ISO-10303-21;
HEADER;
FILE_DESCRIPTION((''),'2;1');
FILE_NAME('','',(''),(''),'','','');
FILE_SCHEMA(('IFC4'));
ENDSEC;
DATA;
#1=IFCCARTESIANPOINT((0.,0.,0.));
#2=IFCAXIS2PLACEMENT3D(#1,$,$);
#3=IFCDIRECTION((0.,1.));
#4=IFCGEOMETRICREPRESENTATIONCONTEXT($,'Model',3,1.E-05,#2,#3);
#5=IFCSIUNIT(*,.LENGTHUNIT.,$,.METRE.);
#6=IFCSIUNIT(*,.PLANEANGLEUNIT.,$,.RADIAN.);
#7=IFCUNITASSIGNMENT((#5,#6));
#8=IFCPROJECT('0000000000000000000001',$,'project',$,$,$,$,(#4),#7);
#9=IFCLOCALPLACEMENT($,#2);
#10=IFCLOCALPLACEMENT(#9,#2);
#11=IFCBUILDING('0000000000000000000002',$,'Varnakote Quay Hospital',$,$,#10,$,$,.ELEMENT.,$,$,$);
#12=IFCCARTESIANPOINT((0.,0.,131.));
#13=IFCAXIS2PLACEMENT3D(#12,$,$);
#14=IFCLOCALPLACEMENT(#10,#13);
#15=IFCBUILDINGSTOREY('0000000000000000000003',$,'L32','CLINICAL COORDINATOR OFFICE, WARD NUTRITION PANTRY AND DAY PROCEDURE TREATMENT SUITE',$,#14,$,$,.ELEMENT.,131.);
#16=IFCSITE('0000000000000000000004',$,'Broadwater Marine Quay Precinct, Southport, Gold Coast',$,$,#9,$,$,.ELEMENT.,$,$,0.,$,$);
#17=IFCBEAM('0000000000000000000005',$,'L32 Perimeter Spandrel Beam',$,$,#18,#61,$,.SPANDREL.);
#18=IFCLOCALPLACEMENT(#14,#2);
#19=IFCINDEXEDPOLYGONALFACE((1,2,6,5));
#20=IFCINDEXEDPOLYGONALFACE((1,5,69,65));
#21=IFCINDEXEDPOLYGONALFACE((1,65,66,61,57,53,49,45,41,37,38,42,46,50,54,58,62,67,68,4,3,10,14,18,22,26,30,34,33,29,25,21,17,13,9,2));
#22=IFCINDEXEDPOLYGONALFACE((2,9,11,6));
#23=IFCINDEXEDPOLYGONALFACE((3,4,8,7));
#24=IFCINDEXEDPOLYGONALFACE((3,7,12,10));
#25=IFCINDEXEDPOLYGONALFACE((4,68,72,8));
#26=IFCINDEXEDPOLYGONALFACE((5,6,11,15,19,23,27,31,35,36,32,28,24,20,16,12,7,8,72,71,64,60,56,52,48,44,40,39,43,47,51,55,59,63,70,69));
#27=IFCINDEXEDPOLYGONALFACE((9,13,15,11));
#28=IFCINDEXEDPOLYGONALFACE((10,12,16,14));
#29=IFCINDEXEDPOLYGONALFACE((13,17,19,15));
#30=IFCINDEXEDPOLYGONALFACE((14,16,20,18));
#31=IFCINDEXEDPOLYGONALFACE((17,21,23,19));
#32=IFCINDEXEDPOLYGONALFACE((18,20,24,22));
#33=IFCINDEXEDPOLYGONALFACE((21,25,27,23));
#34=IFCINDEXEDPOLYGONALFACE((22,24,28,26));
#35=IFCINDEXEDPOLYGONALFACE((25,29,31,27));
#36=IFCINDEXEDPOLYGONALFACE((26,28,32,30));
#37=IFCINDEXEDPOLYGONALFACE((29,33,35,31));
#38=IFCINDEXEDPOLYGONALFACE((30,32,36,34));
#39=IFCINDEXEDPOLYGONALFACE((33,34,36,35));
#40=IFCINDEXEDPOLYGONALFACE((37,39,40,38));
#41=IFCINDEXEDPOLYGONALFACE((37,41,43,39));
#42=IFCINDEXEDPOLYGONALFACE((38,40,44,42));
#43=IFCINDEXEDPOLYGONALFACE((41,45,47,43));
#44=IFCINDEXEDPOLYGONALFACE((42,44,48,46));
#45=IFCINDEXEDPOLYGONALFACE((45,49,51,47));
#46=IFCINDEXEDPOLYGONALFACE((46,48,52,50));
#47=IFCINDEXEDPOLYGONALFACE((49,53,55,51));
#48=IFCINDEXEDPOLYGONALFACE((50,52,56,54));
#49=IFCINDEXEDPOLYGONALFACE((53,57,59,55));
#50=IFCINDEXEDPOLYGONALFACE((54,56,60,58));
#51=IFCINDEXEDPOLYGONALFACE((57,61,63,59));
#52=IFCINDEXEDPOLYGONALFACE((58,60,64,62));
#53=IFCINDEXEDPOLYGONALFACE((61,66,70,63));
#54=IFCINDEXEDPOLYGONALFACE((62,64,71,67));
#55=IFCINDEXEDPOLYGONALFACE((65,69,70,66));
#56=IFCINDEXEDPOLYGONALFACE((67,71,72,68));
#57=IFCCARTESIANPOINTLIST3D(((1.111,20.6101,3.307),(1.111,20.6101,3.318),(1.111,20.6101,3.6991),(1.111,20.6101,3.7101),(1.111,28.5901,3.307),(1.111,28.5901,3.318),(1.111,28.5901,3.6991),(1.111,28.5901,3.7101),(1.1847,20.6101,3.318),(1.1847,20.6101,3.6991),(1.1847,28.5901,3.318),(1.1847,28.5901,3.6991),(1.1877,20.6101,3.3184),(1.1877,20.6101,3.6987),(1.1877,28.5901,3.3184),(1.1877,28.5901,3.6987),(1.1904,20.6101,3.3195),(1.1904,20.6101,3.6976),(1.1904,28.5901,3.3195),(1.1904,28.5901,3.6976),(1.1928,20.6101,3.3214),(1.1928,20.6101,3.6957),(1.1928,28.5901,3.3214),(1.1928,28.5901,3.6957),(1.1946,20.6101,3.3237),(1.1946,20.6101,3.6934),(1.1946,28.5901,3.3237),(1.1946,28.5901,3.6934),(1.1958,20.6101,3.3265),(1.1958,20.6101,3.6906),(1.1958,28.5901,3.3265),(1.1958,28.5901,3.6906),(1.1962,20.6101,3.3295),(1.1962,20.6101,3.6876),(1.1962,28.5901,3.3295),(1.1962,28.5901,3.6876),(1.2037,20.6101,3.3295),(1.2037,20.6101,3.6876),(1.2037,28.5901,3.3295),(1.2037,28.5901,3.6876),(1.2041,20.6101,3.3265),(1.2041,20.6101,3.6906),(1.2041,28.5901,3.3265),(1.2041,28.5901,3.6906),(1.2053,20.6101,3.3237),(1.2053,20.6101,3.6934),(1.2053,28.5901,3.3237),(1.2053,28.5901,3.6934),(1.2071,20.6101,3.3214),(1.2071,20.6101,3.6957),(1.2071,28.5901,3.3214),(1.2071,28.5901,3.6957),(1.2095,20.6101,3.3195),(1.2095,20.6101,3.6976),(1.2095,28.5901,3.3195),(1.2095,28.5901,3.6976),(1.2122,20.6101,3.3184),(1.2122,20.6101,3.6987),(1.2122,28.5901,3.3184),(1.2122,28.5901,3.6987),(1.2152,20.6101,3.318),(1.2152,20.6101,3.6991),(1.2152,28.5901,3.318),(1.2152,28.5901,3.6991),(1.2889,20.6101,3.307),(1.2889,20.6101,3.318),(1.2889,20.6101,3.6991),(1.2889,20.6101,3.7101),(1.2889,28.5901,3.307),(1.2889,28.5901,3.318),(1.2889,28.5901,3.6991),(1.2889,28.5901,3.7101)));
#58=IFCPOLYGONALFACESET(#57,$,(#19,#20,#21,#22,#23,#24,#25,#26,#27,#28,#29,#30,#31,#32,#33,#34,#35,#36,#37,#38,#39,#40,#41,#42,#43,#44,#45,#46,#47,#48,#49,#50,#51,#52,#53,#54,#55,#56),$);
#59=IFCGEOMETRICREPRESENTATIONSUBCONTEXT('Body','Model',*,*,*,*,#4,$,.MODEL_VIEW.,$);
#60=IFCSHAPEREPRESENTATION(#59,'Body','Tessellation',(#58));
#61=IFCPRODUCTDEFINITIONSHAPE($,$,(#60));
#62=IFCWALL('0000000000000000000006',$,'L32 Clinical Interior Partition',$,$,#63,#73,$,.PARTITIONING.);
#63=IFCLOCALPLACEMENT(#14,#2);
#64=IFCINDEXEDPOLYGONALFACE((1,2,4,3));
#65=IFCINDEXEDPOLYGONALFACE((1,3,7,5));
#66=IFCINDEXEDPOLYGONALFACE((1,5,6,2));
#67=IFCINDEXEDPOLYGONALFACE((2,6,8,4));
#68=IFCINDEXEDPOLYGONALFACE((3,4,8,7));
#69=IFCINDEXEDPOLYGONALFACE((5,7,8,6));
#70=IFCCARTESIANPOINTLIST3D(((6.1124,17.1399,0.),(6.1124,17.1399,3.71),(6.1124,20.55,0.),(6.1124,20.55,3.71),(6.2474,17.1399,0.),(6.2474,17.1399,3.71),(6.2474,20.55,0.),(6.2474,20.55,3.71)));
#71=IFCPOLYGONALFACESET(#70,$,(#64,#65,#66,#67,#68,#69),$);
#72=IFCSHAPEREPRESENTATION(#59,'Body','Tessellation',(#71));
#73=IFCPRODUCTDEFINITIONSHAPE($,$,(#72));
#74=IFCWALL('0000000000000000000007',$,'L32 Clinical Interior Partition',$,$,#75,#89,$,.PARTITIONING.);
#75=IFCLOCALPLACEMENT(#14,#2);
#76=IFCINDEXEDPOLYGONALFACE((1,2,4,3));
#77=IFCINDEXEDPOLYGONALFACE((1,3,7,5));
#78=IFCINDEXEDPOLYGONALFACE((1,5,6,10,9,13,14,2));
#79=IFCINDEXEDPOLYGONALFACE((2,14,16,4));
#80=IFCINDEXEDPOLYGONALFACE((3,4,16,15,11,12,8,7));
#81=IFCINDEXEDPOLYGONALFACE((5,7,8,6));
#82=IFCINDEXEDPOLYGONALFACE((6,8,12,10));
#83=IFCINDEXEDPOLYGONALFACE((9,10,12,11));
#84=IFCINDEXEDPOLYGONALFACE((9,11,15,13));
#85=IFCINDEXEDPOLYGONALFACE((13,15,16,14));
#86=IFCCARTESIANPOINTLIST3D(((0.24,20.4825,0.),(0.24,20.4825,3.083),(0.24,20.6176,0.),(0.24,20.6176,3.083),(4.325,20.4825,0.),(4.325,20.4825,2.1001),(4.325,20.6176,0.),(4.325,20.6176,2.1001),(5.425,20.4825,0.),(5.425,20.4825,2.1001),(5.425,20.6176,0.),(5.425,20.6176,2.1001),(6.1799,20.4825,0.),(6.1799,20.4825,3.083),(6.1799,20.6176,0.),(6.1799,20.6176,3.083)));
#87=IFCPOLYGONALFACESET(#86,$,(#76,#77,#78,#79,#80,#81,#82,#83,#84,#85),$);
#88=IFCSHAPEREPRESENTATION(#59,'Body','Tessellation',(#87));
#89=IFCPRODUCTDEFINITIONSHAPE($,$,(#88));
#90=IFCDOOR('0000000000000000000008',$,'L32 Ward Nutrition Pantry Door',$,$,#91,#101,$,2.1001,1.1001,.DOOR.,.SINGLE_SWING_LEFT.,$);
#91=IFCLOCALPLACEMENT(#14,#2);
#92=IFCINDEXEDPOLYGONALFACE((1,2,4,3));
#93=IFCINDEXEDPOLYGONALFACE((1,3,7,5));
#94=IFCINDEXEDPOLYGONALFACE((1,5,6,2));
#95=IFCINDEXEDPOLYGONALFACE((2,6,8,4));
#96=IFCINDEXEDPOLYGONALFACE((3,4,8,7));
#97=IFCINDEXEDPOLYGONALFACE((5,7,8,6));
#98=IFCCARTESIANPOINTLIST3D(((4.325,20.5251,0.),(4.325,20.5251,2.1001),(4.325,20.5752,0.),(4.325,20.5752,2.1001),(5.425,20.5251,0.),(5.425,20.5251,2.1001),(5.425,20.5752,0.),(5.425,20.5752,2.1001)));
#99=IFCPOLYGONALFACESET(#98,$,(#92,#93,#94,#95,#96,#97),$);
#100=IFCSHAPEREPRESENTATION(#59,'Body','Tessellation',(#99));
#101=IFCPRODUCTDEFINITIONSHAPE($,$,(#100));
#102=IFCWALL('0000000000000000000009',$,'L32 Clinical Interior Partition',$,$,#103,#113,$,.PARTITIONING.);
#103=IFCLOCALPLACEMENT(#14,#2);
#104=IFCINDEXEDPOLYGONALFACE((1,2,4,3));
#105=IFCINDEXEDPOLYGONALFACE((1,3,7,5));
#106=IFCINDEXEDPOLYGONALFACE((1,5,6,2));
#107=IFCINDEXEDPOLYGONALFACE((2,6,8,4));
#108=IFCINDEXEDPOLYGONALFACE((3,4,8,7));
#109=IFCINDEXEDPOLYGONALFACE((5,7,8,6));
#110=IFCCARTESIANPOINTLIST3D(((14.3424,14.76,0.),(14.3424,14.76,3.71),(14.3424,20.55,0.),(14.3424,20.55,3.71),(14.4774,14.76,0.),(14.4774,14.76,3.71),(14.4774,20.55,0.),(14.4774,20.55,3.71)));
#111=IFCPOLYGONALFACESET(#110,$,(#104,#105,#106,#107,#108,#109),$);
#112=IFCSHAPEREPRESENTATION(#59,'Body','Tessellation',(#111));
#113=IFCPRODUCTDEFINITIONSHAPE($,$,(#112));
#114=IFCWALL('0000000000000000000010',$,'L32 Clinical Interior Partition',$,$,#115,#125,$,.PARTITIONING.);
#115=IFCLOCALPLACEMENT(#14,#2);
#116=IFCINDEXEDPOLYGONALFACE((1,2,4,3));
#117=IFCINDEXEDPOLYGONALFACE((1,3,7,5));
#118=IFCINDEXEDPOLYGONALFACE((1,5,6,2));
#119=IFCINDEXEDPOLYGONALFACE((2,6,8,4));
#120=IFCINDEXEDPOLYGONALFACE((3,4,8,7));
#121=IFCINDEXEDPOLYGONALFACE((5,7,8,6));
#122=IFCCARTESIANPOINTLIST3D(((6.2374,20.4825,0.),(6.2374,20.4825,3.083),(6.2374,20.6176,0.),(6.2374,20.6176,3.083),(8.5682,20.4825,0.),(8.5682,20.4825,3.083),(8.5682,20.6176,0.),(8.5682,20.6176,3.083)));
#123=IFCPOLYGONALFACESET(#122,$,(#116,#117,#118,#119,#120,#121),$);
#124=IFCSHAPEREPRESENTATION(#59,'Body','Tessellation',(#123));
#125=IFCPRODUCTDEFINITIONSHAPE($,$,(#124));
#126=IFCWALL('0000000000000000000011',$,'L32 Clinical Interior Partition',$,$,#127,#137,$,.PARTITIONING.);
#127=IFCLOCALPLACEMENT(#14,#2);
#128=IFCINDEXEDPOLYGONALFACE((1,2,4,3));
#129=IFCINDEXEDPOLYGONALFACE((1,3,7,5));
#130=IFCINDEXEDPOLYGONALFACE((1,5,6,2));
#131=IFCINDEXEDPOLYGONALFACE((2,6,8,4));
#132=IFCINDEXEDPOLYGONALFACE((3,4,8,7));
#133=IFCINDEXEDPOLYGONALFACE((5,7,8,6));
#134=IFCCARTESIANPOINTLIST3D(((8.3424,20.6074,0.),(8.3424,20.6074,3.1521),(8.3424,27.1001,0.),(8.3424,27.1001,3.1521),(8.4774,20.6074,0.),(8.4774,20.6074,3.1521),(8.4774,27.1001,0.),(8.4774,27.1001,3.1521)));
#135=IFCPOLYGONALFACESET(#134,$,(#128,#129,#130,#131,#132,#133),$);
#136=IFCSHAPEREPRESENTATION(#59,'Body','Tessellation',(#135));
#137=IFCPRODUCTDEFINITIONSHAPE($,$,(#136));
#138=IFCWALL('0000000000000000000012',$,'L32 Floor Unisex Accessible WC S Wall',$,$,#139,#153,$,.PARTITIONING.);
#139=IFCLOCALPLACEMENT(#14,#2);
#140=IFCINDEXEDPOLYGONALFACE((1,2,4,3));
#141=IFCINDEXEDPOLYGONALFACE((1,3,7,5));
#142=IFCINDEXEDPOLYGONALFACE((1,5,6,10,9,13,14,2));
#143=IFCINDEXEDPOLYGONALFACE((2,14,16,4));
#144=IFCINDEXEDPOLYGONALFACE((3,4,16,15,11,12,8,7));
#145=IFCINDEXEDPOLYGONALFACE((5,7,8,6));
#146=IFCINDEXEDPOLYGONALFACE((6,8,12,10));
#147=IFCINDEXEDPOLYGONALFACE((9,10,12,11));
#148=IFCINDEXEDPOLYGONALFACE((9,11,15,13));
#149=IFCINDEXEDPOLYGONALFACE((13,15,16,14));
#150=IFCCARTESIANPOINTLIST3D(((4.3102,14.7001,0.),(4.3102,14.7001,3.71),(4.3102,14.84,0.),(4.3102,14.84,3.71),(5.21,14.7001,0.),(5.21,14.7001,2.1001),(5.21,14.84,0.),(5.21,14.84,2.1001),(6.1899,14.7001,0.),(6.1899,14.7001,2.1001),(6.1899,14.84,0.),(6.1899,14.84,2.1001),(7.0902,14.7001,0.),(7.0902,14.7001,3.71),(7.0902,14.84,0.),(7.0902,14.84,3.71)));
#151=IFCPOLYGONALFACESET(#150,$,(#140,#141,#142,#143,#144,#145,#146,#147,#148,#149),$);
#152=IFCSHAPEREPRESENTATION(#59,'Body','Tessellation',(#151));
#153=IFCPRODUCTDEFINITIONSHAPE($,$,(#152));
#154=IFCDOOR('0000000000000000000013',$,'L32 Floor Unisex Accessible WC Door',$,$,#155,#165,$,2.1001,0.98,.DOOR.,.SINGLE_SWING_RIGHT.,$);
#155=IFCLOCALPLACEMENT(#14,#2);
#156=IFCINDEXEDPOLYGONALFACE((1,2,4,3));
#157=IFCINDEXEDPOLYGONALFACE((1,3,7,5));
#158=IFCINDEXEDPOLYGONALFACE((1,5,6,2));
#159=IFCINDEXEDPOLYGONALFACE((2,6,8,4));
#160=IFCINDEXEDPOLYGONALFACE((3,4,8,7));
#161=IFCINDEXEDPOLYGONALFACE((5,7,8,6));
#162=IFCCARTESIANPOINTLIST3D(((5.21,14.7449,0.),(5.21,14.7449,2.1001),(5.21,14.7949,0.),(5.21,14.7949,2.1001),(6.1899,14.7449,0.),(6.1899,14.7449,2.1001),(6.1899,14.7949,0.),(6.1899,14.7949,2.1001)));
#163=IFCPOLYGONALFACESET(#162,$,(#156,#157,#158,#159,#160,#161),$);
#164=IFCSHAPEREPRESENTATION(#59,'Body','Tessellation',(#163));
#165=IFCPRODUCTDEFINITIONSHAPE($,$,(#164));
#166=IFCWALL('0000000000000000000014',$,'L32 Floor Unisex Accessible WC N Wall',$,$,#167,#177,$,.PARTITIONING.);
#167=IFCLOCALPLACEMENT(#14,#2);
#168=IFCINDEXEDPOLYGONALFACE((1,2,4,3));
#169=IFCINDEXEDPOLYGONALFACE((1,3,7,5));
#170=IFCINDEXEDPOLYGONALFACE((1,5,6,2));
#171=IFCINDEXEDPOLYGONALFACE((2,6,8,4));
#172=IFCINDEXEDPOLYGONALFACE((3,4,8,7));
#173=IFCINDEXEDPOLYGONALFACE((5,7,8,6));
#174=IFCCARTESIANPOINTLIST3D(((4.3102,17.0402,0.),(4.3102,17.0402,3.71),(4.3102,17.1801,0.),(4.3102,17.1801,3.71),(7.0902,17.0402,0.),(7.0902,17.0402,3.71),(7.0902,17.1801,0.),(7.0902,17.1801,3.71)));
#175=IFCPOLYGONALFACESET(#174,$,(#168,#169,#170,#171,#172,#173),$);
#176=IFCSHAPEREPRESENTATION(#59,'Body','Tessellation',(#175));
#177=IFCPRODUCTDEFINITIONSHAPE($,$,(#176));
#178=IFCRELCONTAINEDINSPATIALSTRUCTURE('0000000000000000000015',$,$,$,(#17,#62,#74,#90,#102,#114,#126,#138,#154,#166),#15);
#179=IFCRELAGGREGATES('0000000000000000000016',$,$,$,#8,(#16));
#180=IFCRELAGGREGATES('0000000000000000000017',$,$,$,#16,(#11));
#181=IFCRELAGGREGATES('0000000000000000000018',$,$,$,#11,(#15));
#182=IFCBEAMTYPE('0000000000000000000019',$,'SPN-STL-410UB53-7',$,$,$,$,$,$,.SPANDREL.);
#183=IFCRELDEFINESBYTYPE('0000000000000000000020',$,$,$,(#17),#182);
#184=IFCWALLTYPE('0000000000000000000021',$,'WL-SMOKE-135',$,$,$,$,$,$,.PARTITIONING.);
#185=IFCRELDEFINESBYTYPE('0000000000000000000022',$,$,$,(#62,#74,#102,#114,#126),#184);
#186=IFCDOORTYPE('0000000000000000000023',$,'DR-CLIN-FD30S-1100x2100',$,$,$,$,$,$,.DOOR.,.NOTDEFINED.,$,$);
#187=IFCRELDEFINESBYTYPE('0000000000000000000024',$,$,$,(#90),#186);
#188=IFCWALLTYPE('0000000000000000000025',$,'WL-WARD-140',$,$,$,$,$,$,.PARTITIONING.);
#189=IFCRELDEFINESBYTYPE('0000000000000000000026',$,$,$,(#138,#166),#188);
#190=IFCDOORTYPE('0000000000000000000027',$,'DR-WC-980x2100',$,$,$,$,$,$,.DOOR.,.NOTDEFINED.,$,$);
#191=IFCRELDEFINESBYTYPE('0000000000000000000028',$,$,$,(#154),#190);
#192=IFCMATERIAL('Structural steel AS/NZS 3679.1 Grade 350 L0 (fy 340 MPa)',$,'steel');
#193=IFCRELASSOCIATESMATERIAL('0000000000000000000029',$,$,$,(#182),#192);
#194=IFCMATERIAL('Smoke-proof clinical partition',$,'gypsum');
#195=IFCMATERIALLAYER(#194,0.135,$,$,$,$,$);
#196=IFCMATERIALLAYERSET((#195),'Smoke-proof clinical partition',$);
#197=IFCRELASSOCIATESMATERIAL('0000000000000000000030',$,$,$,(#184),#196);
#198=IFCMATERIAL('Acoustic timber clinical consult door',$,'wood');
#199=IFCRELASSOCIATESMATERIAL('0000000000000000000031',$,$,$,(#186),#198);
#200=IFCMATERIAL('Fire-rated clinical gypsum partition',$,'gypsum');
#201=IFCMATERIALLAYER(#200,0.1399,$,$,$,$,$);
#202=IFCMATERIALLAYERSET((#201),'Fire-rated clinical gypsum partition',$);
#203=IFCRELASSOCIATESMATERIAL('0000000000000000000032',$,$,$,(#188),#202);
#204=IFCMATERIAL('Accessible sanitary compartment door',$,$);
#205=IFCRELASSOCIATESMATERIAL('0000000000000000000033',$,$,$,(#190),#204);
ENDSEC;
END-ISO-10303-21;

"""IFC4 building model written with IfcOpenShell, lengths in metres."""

from ifc_helpers import new_model, si_unit, direction, frame, frame_2d, origin, origin_2d, place, context, subcontext, project, spatial, rectangle, i_section, extrude, material, layer, layer_set, material_profile, profile_set, type_object, element, fill, save


model = new_model("IFC4")

# Units and contexts
model_context = context("Model", 3, precision=1e-05, world=origin(), true_north=direction((0.0, 1.0)))
body_context = subcontext(model_context, "Body", "Model", "MODEL_VIEW")
ifc_project = project(units=[si_unit("LENGTHUNIT", "METRE"), si_unit("PLANEANGLEUNIT", "RADIAN")], contexts=[model_context])

# Site, building, storey
site_placement = place(None, origin())
site = spatial("IfcSite", under=ifc_project, at=site_placement, Name="Broadwater Marine Quay Precinct, Southport, Gold Coast", CompositionType="ELEMENT", RefElevation=0.0)
building_placement = place(site_placement, origin())
building = spatial("IfcBuilding", under=site, at=building_placement, Name="Varnakote Quay Hospital", CompositionType="ELEMENT")
storey_placement = place(building_placement, frame((0.0, 0.0, 131.0)))
storey = spatial("IfcBuildingStorey", under=building, at=storey_placement, Name="L32", Description="CLINICAL COORDINATOR OFFICE, WARD NUTRITION PANTRY AND DAY PROCEDURE TREATMENT SUITE", CompositionType="ELEMENT", Elevation=131.0)

# Beam
ifc_material_1 = material(Name="Structural steel AS/NZS 3679.1 Grade 350 L0 (fy 340 MPa)", Category="steel")
ifc_material_profile_1 = material_profile(ifc_material_1, i_section(OverallWidth=0.178, OverallDepth=0.4031, WebThickness=0.0076, FlangeThickness=0.011, FilletRadius=0.0115, at=origin_2d()), Name="410UB53.7")
ifc_profile_set_1 = profile_set([ifc_material_profile_1], Name="Structural steel AS/NZS 3679.1 Grade 350 L0 (fy 340 MPa)")
beam_type_1 = type_object("IfcBeamType", Name="SPN-STL-410UB53-7", PredefinedType="SPANDREL", material=ifc_profile_set_1)
beam_1_placement = place(storey_placement, frame((1.2, 20.6101, 3.5085), z_axis=(0.0, 1.0, 0.0), x_axis=(-1.0, 0.0, 0.0)))
element("IfcBeam", 1, at=beam_1_placement, inside=storey, type_object=beam_type_1, Name="L32 Perimeter Spandrel Beam", PredefinedType="SPANDREL", context=body_context, shape_type="SweptSolid", body=[
    extrude(i_section(OverallWidth=0.178, OverallDepth=0.4031, WebThickness=0.0076, FlangeThickness=0.011, FilletRadius=0.0115, at=origin_2d()), origin(), (0.0, 0.0, 1.0), 7.98),
])

# Wall
ifc_material_2 = material(Name="Smoke-proof clinical partition", Category="gypsum")
ifc_layer_1 = layer(ifc_material_2, 0.135)
ifc_layer_set_1 = layer_set([ifc_layer_1], Name="Smoke-proof clinical partition")
wall_type_1 = type_object("IfcWallType", Name="WL-SMOKE-135", PredefinedType="PARTITIONING", material=ifc_layer_set_1)
wall_1_placement = place(storey_placement, frame((6.1799, 17.1399, 0.0), z_axis=(0.0, 0.0, 1.0), x_axis=(0.0, 1.0, 0.0)))
element("IfcWall", 2, at=wall_1_placement, inside=storey, type_object=wall_type_1, Name="L32 Clinical Interior Partition", PredefinedType="PARTITIONING", context=body_context, shape_type="SweptSolid", body=[
    extrude(rectangle(XDim=3.4102, YDim=0.135, at=frame_2d((1.7051, 0.0))), origin(), (0.0, 0.0, 1.0), 3.71),
])

# Wall, opening, door
wall_2_placement = place(storey_placement, frame((6.1799, 20.55, 0.0), z_axis=(0.0, 0.0, 1.0), x_axis=(-1.0, 0.0, 0.0)))
wall_2 = element("IfcWall", 3, at=wall_2_placement, inside=storey, type_object=wall_type_1, Name="L32 Clinical Interior Partition", PredefinedType="PARTITIONING", context=body_context, shape_type="SweptSolid", body=[
    extrude(rectangle(XDim=5.9399, YDim=0.135, at=frame_2d((2.97, 0.0))), origin(), (0.0, 0.0, 1.0), 3.083),
])
opening_1_placement = place(wall_2_placement, frame((0.7549, 0.0, 0.0)))
opening_1 = element("IfcOpeningElement", 4, at=opening_1_placement, cuts=wall_2, PredefinedType="OPENING", context=body_context, shape_type="SweptSolid", body=[
    extrude(rectangle(XDim=1.1001, YDim=2.1001, at=frame_2d((0.55, 1.05))), frame((0.0, 0.0774, 0.0), z_axis=(0.0, -1.0, 0.0), x_axis=(1.0, 0.0, 0.0)), (0.0, 0.0, 1.0), 0.155),
])
ifc_material_3 = material(Name="Acoustic timber clinical consult door", Category="wood")
door_type_1 = type_object("IfcDoorType", Name="DR-CLIN-FD30S-1100x2100", OperationType="NOTDEFINED", PredefinedType="DOOR", material=ifc_material_3)
door_1_placement = place(opening_1_placement, origin())
door_1 = element("IfcDoor", 5, at=door_1_placement, inside=storey, type_object=door_type_1, Name="L32 Ward Nutrition Pantry Door", OperationType="SINGLE_SWING_LEFT", OverallHeight=2.1001, OverallWidth=1.1001, PredefinedType="DOOR", context=body_context, shape_type="SweptSolid", body=[
    extrude(rectangle(XDim=1.1001, YDim=2.1001, at=frame_2d((0.55, 1.05))), frame((0.0, 0.0249, 0.0), z_axis=(0.0, -1.0, 0.0), x_axis=(1.0, 0.0, 0.0)), (0.0, 0.0, 1.0), 0.05),
])
fill(opening_1, door_1)

# Walls
wall_3_placement = place(storey_placement, frame((14.4099, 14.76, 0.0), z_axis=(0.0, 0.0, 1.0), x_axis=(0.0, 1.0, 0.0)))
element("IfcWall", 6, at=wall_3_placement, inside=storey, type_object=wall_type_1, Name="L32 Clinical Interior Partition", PredefinedType="PARTITIONING", context=body_context, shape_type="SweptSolid", body=[
    extrude(rectangle(XDim=5.79, YDim=0.135, at=frame_2d((2.895, 0.0))), origin(), (0.0, 0.0, 1.0), 3.71),
])
wall_4_placement = place(storey_placement, frame((8.5684, 20.55, 0.0), z_axis=(0.0, 0.0, 1.0), x_axis=(-1.0, 0.0, 0.0)))
element("IfcWall", 7, at=wall_4_placement, inside=storey, type_object=wall_type_1, Name="L32 Clinical Interior Partition", PredefinedType="PARTITIONING", context=body_context, shape_type="SweptSolid", body=[
    extrude(rectangle(XDim=2.3308, YDim=0.135, at=frame_2d((1.1655, 0.0))), origin(), (0.0, 0.0, 1.0), 3.083),
])
wall_5_placement = place(storey_placement, frame((8.4099, 20.6074, 0.0), z_axis=(0.0, 0.0, 1.0), x_axis=(0.0, 1.0, 0.0)))
element("IfcWall", 8, at=wall_5_placement, inside=storey, type_object=wall_type_1, Name="L32 Clinical Interior Partition", PredefinedType="PARTITIONING", context=body_context, shape_type="SweptSolid", body=[
    extrude(rectangle(XDim=6.4927, YDim=0.135, at=frame_2d((3.2463, 0.0))), origin(), (0.0, 0.0, 1.0), 3.1521),
])

# Wall, opening, door
ifc_material_4 = material(Name="Fire-rated clinical gypsum partition", Category="gypsum")
ifc_layer_2 = layer(ifc_material_4, 0.1399)
ifc_layer_set_2 = layer_set([ifc_layer_2], Name="Fire-rated clinical gypsum partition")
wall_type_2 = type_object("IfcWallType", Name="WL-WARD-140", PredefinedType="PARTITIONING", material=ifc_layer_set_2)
wall_6_placement = place(storey_placement, frame((4.3101, 14.77, 0.0), z_axis=(0.0, 0.0, 1.0), x_axis=(1.0, 0.0, 0.0)))
wall_6 = element("IfcWall", 9, at=wall_6_placement, inside=storey, type_object=wall_type_2, Name="L32 Floor Unisex Accessible WC S Wall", PredefinedType="PARTITIONING", context=body_context, shape_type="SweptSolid", body=[
    extrude(rectangle(XDim=2.78, YDim=0.1399, at=frame_2d((1.3901, 0.0))), origin(), (0.0, 0.0, 1.0), 3.71),
])
opening_2_placement = place(wall_6_placement, frame((0.8999, 0.0, 0.0)))
opening_2 = element("IfcOpeningElement", 10, at=opening_2_placement, cuts=wall_6, PredefinedType="OPENING", context=body_context, shape_type="SweptSolid", body=[
    extrude(rectangle(XDim=0.98, YDim=2.1001, at=frame_2d((0.49, 1.05))), frame((0.0, 0.0798, 0.0), z_axis=(0.0, -1.0, 0.0), x_axis=(1.0, 0.0, 0.0)), (0.0, 0.0, 1.0), 0.1599),
])
ifc_material_5 = material(Name="Accessible sanitary compartment door")
door_type_2 = type_object("IfcDoorType", Name="DR-WC-980x2100", OperationType="NOTDEFINED", PredefinedType="DOOR", material=ifc_material_5)
door_2_placement = place(opening_2_placement, origin())
door_2 = element("IfcDoor", 11, at=door_2_placement, inside=storey, type_object=door_type_2, Name="L32 Floor Unisex Accessible WC Door", OperationType="SINGLE_SWING_RIGHT", OverallHeight=2.1001, OverallWidth=0.98, PredefinedType="DOOR", context=body_context, shape_type="SweptSolid", body=[
    extrude(rectangle(XDim=0.98, YDim=2.1001, at=frame_2d((0.49, 1.05))), frame((0.0, 0.0249, 0.0), z_axis=(0.0, -1.0, 0.0), x_axis=(1.0, 0.0, 0.0)), (0.0, 0.0, 1.0), 0.05),
])
fill(opening_2, door_2)

# Wall
wall_7_placement = place(storey_placement, frame((4.3101, 17.1101, 0.0), z_axis=(0.0, 0.0, 1.0), x_axis=(1.0, 0.0, 0.0)))
element("IfcWall", 12, at=wall_7_placement, inside=storey, type_object=wall_type_2, Name="L32 Floor Unisex Accessible WC N Wall", PredefinedType="PARTITIONING", context=body_context, shape_type="SweptSolid", body=[
    extrude(rectangle(XDim=2.78, YDim=0.1399, at=frame_2d((1.3901, 0.0))), origin(), (0.0, 0.0, 1.0), 3.71),
])

save(model, "model.ifc")
